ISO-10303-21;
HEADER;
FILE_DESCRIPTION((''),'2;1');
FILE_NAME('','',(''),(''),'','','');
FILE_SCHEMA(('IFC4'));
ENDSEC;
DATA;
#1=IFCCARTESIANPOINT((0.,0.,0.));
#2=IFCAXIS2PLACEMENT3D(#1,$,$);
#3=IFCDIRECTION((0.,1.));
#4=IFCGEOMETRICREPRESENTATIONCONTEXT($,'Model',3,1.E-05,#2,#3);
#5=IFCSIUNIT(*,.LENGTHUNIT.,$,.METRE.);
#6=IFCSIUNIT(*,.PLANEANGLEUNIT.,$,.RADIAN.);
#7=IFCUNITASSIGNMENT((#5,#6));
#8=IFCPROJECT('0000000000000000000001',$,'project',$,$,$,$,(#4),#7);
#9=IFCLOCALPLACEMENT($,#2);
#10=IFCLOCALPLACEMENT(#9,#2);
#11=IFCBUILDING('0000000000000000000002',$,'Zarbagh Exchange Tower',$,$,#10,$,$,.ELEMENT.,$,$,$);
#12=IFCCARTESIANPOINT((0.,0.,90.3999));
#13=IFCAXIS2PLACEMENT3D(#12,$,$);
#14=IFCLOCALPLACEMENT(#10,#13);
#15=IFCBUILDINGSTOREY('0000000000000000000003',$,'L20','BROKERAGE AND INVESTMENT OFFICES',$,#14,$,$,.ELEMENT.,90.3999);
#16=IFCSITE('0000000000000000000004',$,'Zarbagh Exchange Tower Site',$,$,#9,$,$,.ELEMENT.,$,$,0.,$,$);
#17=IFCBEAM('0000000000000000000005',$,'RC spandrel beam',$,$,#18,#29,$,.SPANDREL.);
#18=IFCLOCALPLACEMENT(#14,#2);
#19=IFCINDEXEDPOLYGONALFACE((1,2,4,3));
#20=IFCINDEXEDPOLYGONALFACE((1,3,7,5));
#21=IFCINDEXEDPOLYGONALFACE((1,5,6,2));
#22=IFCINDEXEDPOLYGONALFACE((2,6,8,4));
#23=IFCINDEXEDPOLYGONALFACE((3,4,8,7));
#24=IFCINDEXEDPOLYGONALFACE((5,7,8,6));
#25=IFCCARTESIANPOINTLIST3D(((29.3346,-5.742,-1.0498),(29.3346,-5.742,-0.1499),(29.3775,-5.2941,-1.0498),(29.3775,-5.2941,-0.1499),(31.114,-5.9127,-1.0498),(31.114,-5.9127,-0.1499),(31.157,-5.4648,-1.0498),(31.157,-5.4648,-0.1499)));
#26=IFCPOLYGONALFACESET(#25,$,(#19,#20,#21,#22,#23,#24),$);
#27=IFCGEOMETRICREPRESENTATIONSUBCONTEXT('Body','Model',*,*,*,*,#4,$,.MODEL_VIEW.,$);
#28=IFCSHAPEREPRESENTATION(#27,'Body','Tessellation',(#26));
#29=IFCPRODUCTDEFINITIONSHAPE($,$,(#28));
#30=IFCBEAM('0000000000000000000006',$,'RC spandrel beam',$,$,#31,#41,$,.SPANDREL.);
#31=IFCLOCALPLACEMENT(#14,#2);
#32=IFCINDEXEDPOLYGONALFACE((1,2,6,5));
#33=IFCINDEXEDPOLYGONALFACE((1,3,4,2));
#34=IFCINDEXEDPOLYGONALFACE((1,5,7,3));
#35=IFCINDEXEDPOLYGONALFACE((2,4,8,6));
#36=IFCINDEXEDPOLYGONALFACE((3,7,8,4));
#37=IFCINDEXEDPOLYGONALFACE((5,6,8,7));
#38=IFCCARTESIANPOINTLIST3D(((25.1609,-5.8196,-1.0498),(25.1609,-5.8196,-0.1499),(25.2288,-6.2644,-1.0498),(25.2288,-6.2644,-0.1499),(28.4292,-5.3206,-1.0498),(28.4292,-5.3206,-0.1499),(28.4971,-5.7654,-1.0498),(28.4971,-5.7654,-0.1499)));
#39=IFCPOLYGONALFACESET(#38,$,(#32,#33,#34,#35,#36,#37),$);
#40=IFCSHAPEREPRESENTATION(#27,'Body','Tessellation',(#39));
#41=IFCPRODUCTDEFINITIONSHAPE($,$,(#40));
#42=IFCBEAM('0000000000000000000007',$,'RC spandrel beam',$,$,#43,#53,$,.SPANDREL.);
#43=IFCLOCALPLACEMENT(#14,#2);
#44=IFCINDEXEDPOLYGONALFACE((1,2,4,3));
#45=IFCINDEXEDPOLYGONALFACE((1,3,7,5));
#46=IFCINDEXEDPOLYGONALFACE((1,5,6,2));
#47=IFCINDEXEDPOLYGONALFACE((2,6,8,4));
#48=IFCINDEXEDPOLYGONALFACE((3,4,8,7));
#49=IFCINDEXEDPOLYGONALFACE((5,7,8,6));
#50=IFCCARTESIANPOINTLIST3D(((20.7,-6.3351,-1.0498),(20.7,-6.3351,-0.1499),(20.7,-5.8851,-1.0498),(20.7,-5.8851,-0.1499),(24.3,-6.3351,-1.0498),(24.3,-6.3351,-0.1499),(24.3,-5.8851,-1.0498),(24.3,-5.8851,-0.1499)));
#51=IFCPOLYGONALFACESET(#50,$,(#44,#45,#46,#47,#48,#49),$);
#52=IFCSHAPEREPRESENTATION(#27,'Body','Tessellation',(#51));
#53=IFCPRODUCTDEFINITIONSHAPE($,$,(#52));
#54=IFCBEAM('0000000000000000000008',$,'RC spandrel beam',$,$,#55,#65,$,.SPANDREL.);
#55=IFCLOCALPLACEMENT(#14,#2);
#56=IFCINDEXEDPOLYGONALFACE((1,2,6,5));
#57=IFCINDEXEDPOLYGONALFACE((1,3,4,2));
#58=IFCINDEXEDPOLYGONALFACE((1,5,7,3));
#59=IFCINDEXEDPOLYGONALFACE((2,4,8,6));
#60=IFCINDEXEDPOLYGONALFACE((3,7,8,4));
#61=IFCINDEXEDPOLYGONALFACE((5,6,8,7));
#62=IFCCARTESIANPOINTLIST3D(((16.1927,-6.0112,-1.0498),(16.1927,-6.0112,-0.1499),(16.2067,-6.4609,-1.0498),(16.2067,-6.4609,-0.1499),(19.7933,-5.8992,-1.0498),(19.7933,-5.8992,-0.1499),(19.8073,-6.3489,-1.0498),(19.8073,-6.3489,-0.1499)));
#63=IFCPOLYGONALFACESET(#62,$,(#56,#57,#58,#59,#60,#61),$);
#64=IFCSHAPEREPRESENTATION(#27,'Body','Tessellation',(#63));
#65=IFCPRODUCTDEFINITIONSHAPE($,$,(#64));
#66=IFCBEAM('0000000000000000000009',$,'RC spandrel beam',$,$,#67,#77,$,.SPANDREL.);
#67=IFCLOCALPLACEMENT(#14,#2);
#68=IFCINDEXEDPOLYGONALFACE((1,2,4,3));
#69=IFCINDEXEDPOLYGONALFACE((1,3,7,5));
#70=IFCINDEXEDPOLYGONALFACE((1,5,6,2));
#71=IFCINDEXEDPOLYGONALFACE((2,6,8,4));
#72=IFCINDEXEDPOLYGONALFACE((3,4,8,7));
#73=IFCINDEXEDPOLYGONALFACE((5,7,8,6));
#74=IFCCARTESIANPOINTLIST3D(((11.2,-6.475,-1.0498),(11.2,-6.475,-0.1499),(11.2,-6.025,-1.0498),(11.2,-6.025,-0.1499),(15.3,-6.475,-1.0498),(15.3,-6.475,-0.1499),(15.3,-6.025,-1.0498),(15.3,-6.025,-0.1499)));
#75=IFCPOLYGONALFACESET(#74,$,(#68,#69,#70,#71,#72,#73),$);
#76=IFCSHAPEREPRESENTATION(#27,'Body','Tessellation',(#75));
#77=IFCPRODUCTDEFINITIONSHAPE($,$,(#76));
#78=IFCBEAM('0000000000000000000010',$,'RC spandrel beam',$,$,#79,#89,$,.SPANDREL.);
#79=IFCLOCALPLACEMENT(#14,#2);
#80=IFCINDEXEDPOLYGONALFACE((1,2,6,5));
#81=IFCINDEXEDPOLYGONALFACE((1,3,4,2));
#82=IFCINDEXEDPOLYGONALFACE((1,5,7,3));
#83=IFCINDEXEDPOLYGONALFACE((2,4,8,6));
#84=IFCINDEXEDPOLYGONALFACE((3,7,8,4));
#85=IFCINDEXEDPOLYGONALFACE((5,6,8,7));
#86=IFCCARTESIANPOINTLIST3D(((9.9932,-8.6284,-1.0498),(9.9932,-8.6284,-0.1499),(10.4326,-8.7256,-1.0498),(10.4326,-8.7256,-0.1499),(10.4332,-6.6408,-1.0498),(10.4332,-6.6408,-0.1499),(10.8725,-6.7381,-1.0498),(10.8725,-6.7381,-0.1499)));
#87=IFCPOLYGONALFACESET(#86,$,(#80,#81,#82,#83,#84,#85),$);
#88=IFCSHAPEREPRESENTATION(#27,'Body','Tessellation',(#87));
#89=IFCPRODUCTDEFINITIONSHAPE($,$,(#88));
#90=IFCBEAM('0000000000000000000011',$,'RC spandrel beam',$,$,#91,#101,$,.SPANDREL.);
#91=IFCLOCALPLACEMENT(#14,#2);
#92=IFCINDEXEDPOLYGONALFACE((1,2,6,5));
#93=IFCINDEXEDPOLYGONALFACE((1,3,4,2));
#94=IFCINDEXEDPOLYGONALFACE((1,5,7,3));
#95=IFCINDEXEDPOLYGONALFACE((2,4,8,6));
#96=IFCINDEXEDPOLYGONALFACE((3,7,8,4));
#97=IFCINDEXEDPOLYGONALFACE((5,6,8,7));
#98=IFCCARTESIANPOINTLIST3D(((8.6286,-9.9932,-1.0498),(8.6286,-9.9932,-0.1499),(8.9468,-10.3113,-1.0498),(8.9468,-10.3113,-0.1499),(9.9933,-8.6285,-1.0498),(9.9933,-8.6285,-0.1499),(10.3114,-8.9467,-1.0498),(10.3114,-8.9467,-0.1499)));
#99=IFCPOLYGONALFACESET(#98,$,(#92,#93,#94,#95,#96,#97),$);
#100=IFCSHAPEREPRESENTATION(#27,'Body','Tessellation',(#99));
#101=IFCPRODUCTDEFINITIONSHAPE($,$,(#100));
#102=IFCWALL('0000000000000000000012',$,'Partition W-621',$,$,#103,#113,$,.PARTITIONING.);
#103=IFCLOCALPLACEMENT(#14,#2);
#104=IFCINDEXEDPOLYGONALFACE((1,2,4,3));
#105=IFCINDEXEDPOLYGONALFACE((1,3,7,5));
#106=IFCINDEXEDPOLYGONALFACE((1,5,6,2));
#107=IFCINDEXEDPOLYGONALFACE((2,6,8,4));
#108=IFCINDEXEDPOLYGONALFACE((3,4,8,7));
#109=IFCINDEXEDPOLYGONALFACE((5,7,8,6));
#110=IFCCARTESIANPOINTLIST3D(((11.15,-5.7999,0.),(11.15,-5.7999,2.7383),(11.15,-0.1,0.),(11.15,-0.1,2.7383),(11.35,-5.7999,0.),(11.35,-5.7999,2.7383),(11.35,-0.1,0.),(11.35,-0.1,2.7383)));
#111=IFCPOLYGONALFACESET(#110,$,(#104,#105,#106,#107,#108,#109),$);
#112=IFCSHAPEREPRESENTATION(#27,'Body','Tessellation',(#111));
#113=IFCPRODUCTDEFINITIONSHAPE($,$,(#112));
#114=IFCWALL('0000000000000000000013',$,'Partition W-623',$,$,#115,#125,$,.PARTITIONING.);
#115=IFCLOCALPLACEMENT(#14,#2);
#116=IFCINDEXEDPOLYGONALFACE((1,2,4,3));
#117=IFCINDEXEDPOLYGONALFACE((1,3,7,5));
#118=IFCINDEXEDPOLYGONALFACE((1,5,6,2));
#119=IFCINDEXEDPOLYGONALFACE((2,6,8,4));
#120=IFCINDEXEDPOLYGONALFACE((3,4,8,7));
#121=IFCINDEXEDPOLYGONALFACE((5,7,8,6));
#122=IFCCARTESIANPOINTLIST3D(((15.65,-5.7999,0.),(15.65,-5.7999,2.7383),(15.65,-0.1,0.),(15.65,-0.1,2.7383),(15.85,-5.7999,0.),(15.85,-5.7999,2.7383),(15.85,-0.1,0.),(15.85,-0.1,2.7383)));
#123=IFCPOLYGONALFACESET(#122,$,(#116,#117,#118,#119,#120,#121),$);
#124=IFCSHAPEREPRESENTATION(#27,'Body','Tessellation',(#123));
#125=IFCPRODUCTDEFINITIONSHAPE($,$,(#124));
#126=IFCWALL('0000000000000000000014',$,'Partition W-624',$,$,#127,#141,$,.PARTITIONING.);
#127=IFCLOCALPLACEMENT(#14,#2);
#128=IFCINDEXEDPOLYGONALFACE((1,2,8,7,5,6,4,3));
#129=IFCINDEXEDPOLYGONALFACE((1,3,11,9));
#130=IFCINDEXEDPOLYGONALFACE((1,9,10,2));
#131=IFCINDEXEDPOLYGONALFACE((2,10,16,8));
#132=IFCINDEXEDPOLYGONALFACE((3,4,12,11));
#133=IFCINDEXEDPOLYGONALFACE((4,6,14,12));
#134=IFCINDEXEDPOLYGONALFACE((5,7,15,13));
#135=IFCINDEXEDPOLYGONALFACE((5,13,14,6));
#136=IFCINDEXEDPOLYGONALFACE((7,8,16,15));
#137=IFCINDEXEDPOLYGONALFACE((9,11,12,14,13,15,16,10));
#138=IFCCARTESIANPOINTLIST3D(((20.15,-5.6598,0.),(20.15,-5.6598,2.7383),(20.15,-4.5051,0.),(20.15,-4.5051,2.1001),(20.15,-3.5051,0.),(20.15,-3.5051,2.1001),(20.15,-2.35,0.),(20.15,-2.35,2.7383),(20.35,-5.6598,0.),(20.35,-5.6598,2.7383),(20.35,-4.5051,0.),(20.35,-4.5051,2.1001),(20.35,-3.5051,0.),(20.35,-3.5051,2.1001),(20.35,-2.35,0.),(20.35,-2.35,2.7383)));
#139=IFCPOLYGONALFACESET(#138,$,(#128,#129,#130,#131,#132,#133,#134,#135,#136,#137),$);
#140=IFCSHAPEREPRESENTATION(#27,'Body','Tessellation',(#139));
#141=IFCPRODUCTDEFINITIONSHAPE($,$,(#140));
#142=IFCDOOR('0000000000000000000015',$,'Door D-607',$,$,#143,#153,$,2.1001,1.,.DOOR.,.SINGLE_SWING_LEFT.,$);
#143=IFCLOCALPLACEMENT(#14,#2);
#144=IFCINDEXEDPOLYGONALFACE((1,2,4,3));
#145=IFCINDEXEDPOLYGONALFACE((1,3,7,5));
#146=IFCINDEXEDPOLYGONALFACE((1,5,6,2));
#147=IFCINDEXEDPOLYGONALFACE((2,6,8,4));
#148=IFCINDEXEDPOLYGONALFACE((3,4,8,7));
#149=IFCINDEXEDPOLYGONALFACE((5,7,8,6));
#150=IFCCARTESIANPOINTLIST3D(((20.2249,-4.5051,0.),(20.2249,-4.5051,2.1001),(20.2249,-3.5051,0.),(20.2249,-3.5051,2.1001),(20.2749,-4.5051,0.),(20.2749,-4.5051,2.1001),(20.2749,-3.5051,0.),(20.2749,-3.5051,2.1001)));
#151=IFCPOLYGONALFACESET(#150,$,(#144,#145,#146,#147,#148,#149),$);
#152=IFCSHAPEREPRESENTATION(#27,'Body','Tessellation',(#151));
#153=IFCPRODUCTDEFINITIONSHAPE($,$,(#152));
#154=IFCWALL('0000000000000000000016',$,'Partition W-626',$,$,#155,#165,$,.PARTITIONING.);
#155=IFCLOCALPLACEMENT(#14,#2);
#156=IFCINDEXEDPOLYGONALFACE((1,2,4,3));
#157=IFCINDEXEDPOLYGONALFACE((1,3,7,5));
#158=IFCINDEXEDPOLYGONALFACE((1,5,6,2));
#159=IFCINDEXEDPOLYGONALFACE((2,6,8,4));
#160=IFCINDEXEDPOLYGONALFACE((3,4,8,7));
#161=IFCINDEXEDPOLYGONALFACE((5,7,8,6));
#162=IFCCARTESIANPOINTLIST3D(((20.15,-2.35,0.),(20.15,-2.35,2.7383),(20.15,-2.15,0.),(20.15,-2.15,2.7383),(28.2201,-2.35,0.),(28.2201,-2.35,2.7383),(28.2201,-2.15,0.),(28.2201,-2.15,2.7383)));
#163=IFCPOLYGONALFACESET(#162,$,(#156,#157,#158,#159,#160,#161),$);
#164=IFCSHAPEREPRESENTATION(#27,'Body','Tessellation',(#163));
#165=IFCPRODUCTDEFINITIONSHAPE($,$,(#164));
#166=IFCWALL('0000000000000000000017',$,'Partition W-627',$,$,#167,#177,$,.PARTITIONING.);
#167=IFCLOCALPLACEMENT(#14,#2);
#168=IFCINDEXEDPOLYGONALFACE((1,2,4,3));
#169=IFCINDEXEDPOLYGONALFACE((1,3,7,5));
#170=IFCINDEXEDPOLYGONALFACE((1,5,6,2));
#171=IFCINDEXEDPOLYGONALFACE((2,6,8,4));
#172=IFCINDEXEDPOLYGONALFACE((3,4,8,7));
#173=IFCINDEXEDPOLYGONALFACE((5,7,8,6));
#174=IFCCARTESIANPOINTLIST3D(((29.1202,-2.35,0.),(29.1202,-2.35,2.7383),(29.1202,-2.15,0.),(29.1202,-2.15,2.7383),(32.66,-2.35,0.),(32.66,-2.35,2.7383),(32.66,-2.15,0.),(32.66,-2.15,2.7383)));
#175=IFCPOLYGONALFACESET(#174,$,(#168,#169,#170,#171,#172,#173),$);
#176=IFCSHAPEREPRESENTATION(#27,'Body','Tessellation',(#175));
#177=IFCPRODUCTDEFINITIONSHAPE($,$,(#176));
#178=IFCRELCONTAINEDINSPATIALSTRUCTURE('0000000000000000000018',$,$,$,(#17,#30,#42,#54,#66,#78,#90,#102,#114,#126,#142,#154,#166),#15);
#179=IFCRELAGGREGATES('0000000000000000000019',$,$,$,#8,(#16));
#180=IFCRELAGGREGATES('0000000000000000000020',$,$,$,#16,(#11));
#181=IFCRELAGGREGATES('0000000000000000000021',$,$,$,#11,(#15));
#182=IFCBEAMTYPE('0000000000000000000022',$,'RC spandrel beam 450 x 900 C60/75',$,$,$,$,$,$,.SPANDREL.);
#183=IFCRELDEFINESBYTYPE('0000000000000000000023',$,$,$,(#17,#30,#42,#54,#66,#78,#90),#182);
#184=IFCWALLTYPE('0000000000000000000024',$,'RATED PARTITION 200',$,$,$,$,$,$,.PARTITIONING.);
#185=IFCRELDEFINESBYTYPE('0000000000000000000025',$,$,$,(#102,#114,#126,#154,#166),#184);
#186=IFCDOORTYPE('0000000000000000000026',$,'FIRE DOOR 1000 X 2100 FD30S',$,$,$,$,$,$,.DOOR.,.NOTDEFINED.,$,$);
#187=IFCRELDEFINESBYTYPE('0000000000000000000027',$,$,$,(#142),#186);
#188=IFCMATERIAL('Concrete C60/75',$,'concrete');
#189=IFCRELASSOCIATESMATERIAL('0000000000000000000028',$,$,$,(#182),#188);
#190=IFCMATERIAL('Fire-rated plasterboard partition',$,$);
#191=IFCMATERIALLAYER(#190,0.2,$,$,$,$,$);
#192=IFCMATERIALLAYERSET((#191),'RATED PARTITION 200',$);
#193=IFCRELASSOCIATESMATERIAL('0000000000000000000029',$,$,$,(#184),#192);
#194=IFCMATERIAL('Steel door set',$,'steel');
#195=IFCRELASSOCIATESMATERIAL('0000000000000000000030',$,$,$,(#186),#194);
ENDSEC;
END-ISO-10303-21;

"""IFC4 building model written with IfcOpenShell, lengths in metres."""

from ifc_helpers import new_model, si_unit, direction, frame, frame_2d, origin, origin_2d, place, context, subcontext, project, spatial, rectangle, extrude, material, layer, layer_set, material_profile, profile_set, type_object, element, fill, save


model = new_model("IFC4")

# Units and contexts
model_context = context("Model", 3, precision=1e-05, world=origin(), true_north=direction((0.0, 1.0)))
body_context = subcontext(model_context, "Body", "Model", "MODEL_VIEW")
ifc_project = project(units=[si_unit("LENGTHUNIT", "METRE"), si_unit("PLANEANGLEUNIT", "RADIAN")], contexts=[model_context])

# Site, building, storey
site_placement = place(None, origin())
site = spatial("IfcSite", under=ifc_project, at=site_placement, Name="Zarbagh Exchange Tower Site", CompositionType="ELEMENT", RefElevation=0.0)
building_placement = place(site_placement, origin())
building = spatial("IfcBuilding", under=site, at=building_placement, Name="Zarbagh Exchange Tower", CompositionType="ELEMENT")
storey_placement = place(building_placement, frame((0.0, 0.0, 90.3999)))
storey = spatial("IfcBuildingStorey", under=building, at=storey_placement, Name="L20", Description="BROKERAGE AND INVESTMENT OFFICES", CompositionType="ELEMENT", Elevation=90.3999)

# Shared definitions
ifc_material_1 = material(Name="Concrete C60/75", Category="concrete")

# Beams
ifc_material_profile_1 = material_profile(ifc_material_1, rectangle(XDim=0.45, YDim=0.8999, at=origin_2d()), Name="RC spandrel beam 450 x 900 C60/75")
ifc_profile_set_1 = profile_set([ifc_material_profile_1], Name="Concrete C60/75")
beam_type_1 = type_object("IfcBeamType", Name="RC spandrel beam 450 x 900 C60/75", PredefinedType="SPANDREL", material=ifc_profile_set_1)
beam_1_placement = place(storey_placement, frame((31.1355, -5.6887, -0.5999), z_axis=(-0.995433, 0.09546, 0.0), x_axis=(-0.09546, -0.995433, 0.0)))
element("IfcBeam", 1, at=beam_1_placement, inside=storey, type_object=beam_type_1, Name="RC spandrel beam", PredefinedType="SPANDREL", context=body_context, shape_type="SweptSolid", body=[
    extrude(rectangle(XDim=0.45, YDim=0.8999, at=origin_2d()), origin(), (0.0, 0.0, 1.0), 1.7876),
])
beam_2_placement = place(storey_placement, frame((28.4631, -5.543, -0.5999), z_axis=(-0.988544, -0.150936, 0.0), x_axis=(0.150936, -0.988544, 0.0)))
element("IfcBeam", 2, at=beam_2_placement, inside=storey, type_object=beam_type_1, Name="RC spandrel beam", PredefinedType="SPANDREL", context=body_context, shape_type="SweptSolid", body=[
    extrude(rectangle(XDim=0.45, YDim=0.8999, at=origin_2d()), origin(), (0.0, 0.0, 1.0), 3.3062),
])
beam_3_placement = place(storey_placement, frame((24.3, -6.1101, -0.5999), z_axis=(-1.0, 0.0, 0.0), x_axis=(0.0, -1.0, 0.0)))
element("IfcBeam", 3, at=beam_3_placement, inside=storey, type_object=beam_type_1, Name="RC spandrel beam", PredefinedType="SPANDREL", context=body_context, shape_type="SweptSolid", body=[
    extrude(rectangle(XDim=0.45, YDim=0.8999, at=origin_2d()), origin(), (0.0, 0.0, 1.0), 3.6001),
])
beam_4_placement = place(storey_placement, frame((19.8003, -6.124, -0.5999), z_axis=(-0.999516, -0.031108, 0.0), x_axis=(0.031108, -0.999516, 0.0)))
element("IfcBeam", 4, at=beam_4_placement, inside=storey, type_object=beam_type_1, Name="RC spandrel beam", PredefinedType="SPANDREL", context=body_context, shape_type="SweptSolid", body=[
    extrude(rectangle(XDim=0.45, YDim=0.8999, at=origin_2d()), origin(), (0.0, 0.0, 1.0), 3.6023),
])
beam_5_placement = place(storey_placement, frame((15.3, -6.25, -0.5999), z_axis=(-1.0, 0.0, 0.0), x_axis=(0.0, -1.0, 0.0)))
element("IfcBeam", 5, at=beam_5_placement, inside=storey, type_object=beam_type_1, Name="RC spandrel beam", PredefinedType="SPANDREL", context=body_context, shape_type="SweptSolid", body=[
    extrude(rectangle(XDim=0.45, YDim=0.8999, at=origin_2d()), origin(), (0.0, 0.0, 1.0), 4.1001),
])
beam_6_placement = place(storey_placement, frame((10.6528, -6.6895, -0.5999), z_axis=(-0.216118, -0.976367, 0.0), x_axis=(0.976367, -0.216118, 0.0)))
element("IfcBeam", 6, at=beam_6_placement, inside=storey, type_object=beam_type_1, Name="RC spandrel beam", PredefinedType="SPANDREL", context=body_context, shape_type="SweptSolid", body=[
    extrude(rectangle(XDim=0.45, YDim=0.8999, at=origin_2d()), origin(), (0.0, 0.0, 1.0), 2.0356),
])
beam_7_placement = place(storey_placement, frame((10.1523, -8.7876, -0.5999), z_axis=(-0.707107, -0.707107, 0.0), x_axis=(0.707107, -0.707107, 0.0)))
element("IfcBeam", 7, at=beam_7_placement, inside=storey, type_object=beam_type_1, Name="RC spandrel beam", PredefinedType="SPANDREL", context=body_context, shape_type="SweptSolid", body=[
    extrude(rectangle(XDim=0.45, YDim=0.8999, at=origin_2d()), origin(), (0.0, 0.0, 1.0), 1.9299),
])

# Walls
ifc_material_2 = material(Name="Fire-rated plasterboard partition")
ifc_layer = layer(ifc_material_2, 0.2)
ifc_layer_set = layer_set([ifc_layer], Name="RATED PARTITION 200")
wall_type = type_object("IfcWallType", Name="RATED PARTITION 200", PredefinedType="PARTITIONING", material=ifc_layer_set)
for number, where, z_axis, x_axis, name in (
    (8, (11.25, -5.8, 0.0), (0.0, 0.0, 1.0), (0.0, 1.0, 0.0), "Partition W-621"),
    (9, (15.75, -5.8, 0.0), (0.0, 0.0, 1.0), (0.0, 1.0, 0.0), "Partition W-623"),
):
    element("IfcWall", number, at=place(storey_placement, frame(where, z_axis=z_axis, x_axis=x_axis)), inside=storey, type_object=wall_type, Name=name, PredefinedType="PARTITIONING", context=body_context, shape_type="SweptSolid", body=[
        extrude(rectangle(XDim=5.7, YDim=0.2, at=frame_2d((2.8501, 0.0))), origin(), (0.0, 0.0, 1.0), 2.7383),
    ])

# Wall, opening, door
wall_1_placement = place(storey_placement, frame((20.25, -2.3501, 0.0), z_axis=(0.0, 0.0, 1.0), x_axis=(0.0, -1.0, 0.0)))
wall_1 = element("IfcWall", 10, at=wall_1_placement, inside=storey, type_object=wall_type, Name="Partition W-624", PredefinedType="PARTITIONING", context=body_context, shape_type="SweptSolid", body=[
    extrude(rectangle(XDim=3.3098, YDim=0.2, at=frame_2d((1.6548, 0.0))), origin(), (0.0, 0.0, 1.0), 2.7383),
])
opening_placement = place(wall_1_placement, frame((1.155, 0.0, 0.0)))
opening = element("IfcOpeningElement", 11, at=opening_placement, cuts=wall_1, PredefinedType="OPENING", context=body_context, shape_type="SweptSolid", body=[
    extrude(rectangle(XDim=1.0, YDim=2.1001, at=frame_2d((0.5, 1.05))), frame((0.0, 0.1099, 0.0), z_axis=(0.0, -1.0, 0.0), x_axis=(1.0, 0.0, 0.0)), (0.0, 0.0, 1.0), 0.22),
])
ifc_material_3 = material(Name="Steel door set", Category="steel")
door_type = type_object("IfcDoorType", Name="FIRE DOOR 1000 X 2100 FD30S", OperationType="NOTDEFINED", PredefinedType="DOOR", material=ifc_material_3)
door_placement = place(opening_placement, origin())
door = element("IfcDoor", 12, at=door_placement, inside=storey, type_object=door_type, Name="Door D-607", OperationType="SINGLE_SWING_LEFT", OverallHeight=2.1001, OverallWidth=1.0, PredefinedType="DOOR", context=body_context, shape_type="SweptSolid", body=[
    extrude(rectangle(XDim=1.0, YDim=2.1001, at=frame_2d((0.5, 1.05))), frame((0.0, 0.0249, 0.0), z_axis=(0.0, -1.0, 0.0), x_axis=(1.0, 0.0, 0.0)), (0.0, 0.0, 1.0), 0.05),
])
fill(opening, door)

# Walls
wall_2_placement = place(storey_placement, frame((20.1499, -2.25, 0.0), z_axis=(0.0, 0.0, 1.0), x_axis=(1.0, 0.0, 0.0)))
element("IfcWall", 13, at=wall_2_placement, inside=storey, type_object=wall_type, Name="Partition W-626", PredefinedType="PARTITIONING", context=body_context, shape_type="SweptSolid", body=[
    extrude(rectangle(XDim=8.0701, YDim=0.2, at=frame_2d((4.0352, 0.0))), origin(), (0.0, 0.0, 1.0), 2.7383),
])
wall_3_placement = place(storey_placement, frame((29.1201, -2.25, 0.0), z_axis=(0.0, 0.0, 1.0), x_axis=(1.0, 0.0, 0.0)))
element("IfcWall", 14, at=wall_3_placement, inside=storey, type_object=wall_type, Name="Partition W-627", PredefinedType="PARTITIONING", context=body_context, shape_type="SweptSolid", body=[
    extrude(rectangle(XDim=3.5398, YDim=0.2, at=frame_2d((1.77, 0.0))), origin(), (0.0, 0.0, 1.0), 2.7383),
])

save(model, "model.ifc")
